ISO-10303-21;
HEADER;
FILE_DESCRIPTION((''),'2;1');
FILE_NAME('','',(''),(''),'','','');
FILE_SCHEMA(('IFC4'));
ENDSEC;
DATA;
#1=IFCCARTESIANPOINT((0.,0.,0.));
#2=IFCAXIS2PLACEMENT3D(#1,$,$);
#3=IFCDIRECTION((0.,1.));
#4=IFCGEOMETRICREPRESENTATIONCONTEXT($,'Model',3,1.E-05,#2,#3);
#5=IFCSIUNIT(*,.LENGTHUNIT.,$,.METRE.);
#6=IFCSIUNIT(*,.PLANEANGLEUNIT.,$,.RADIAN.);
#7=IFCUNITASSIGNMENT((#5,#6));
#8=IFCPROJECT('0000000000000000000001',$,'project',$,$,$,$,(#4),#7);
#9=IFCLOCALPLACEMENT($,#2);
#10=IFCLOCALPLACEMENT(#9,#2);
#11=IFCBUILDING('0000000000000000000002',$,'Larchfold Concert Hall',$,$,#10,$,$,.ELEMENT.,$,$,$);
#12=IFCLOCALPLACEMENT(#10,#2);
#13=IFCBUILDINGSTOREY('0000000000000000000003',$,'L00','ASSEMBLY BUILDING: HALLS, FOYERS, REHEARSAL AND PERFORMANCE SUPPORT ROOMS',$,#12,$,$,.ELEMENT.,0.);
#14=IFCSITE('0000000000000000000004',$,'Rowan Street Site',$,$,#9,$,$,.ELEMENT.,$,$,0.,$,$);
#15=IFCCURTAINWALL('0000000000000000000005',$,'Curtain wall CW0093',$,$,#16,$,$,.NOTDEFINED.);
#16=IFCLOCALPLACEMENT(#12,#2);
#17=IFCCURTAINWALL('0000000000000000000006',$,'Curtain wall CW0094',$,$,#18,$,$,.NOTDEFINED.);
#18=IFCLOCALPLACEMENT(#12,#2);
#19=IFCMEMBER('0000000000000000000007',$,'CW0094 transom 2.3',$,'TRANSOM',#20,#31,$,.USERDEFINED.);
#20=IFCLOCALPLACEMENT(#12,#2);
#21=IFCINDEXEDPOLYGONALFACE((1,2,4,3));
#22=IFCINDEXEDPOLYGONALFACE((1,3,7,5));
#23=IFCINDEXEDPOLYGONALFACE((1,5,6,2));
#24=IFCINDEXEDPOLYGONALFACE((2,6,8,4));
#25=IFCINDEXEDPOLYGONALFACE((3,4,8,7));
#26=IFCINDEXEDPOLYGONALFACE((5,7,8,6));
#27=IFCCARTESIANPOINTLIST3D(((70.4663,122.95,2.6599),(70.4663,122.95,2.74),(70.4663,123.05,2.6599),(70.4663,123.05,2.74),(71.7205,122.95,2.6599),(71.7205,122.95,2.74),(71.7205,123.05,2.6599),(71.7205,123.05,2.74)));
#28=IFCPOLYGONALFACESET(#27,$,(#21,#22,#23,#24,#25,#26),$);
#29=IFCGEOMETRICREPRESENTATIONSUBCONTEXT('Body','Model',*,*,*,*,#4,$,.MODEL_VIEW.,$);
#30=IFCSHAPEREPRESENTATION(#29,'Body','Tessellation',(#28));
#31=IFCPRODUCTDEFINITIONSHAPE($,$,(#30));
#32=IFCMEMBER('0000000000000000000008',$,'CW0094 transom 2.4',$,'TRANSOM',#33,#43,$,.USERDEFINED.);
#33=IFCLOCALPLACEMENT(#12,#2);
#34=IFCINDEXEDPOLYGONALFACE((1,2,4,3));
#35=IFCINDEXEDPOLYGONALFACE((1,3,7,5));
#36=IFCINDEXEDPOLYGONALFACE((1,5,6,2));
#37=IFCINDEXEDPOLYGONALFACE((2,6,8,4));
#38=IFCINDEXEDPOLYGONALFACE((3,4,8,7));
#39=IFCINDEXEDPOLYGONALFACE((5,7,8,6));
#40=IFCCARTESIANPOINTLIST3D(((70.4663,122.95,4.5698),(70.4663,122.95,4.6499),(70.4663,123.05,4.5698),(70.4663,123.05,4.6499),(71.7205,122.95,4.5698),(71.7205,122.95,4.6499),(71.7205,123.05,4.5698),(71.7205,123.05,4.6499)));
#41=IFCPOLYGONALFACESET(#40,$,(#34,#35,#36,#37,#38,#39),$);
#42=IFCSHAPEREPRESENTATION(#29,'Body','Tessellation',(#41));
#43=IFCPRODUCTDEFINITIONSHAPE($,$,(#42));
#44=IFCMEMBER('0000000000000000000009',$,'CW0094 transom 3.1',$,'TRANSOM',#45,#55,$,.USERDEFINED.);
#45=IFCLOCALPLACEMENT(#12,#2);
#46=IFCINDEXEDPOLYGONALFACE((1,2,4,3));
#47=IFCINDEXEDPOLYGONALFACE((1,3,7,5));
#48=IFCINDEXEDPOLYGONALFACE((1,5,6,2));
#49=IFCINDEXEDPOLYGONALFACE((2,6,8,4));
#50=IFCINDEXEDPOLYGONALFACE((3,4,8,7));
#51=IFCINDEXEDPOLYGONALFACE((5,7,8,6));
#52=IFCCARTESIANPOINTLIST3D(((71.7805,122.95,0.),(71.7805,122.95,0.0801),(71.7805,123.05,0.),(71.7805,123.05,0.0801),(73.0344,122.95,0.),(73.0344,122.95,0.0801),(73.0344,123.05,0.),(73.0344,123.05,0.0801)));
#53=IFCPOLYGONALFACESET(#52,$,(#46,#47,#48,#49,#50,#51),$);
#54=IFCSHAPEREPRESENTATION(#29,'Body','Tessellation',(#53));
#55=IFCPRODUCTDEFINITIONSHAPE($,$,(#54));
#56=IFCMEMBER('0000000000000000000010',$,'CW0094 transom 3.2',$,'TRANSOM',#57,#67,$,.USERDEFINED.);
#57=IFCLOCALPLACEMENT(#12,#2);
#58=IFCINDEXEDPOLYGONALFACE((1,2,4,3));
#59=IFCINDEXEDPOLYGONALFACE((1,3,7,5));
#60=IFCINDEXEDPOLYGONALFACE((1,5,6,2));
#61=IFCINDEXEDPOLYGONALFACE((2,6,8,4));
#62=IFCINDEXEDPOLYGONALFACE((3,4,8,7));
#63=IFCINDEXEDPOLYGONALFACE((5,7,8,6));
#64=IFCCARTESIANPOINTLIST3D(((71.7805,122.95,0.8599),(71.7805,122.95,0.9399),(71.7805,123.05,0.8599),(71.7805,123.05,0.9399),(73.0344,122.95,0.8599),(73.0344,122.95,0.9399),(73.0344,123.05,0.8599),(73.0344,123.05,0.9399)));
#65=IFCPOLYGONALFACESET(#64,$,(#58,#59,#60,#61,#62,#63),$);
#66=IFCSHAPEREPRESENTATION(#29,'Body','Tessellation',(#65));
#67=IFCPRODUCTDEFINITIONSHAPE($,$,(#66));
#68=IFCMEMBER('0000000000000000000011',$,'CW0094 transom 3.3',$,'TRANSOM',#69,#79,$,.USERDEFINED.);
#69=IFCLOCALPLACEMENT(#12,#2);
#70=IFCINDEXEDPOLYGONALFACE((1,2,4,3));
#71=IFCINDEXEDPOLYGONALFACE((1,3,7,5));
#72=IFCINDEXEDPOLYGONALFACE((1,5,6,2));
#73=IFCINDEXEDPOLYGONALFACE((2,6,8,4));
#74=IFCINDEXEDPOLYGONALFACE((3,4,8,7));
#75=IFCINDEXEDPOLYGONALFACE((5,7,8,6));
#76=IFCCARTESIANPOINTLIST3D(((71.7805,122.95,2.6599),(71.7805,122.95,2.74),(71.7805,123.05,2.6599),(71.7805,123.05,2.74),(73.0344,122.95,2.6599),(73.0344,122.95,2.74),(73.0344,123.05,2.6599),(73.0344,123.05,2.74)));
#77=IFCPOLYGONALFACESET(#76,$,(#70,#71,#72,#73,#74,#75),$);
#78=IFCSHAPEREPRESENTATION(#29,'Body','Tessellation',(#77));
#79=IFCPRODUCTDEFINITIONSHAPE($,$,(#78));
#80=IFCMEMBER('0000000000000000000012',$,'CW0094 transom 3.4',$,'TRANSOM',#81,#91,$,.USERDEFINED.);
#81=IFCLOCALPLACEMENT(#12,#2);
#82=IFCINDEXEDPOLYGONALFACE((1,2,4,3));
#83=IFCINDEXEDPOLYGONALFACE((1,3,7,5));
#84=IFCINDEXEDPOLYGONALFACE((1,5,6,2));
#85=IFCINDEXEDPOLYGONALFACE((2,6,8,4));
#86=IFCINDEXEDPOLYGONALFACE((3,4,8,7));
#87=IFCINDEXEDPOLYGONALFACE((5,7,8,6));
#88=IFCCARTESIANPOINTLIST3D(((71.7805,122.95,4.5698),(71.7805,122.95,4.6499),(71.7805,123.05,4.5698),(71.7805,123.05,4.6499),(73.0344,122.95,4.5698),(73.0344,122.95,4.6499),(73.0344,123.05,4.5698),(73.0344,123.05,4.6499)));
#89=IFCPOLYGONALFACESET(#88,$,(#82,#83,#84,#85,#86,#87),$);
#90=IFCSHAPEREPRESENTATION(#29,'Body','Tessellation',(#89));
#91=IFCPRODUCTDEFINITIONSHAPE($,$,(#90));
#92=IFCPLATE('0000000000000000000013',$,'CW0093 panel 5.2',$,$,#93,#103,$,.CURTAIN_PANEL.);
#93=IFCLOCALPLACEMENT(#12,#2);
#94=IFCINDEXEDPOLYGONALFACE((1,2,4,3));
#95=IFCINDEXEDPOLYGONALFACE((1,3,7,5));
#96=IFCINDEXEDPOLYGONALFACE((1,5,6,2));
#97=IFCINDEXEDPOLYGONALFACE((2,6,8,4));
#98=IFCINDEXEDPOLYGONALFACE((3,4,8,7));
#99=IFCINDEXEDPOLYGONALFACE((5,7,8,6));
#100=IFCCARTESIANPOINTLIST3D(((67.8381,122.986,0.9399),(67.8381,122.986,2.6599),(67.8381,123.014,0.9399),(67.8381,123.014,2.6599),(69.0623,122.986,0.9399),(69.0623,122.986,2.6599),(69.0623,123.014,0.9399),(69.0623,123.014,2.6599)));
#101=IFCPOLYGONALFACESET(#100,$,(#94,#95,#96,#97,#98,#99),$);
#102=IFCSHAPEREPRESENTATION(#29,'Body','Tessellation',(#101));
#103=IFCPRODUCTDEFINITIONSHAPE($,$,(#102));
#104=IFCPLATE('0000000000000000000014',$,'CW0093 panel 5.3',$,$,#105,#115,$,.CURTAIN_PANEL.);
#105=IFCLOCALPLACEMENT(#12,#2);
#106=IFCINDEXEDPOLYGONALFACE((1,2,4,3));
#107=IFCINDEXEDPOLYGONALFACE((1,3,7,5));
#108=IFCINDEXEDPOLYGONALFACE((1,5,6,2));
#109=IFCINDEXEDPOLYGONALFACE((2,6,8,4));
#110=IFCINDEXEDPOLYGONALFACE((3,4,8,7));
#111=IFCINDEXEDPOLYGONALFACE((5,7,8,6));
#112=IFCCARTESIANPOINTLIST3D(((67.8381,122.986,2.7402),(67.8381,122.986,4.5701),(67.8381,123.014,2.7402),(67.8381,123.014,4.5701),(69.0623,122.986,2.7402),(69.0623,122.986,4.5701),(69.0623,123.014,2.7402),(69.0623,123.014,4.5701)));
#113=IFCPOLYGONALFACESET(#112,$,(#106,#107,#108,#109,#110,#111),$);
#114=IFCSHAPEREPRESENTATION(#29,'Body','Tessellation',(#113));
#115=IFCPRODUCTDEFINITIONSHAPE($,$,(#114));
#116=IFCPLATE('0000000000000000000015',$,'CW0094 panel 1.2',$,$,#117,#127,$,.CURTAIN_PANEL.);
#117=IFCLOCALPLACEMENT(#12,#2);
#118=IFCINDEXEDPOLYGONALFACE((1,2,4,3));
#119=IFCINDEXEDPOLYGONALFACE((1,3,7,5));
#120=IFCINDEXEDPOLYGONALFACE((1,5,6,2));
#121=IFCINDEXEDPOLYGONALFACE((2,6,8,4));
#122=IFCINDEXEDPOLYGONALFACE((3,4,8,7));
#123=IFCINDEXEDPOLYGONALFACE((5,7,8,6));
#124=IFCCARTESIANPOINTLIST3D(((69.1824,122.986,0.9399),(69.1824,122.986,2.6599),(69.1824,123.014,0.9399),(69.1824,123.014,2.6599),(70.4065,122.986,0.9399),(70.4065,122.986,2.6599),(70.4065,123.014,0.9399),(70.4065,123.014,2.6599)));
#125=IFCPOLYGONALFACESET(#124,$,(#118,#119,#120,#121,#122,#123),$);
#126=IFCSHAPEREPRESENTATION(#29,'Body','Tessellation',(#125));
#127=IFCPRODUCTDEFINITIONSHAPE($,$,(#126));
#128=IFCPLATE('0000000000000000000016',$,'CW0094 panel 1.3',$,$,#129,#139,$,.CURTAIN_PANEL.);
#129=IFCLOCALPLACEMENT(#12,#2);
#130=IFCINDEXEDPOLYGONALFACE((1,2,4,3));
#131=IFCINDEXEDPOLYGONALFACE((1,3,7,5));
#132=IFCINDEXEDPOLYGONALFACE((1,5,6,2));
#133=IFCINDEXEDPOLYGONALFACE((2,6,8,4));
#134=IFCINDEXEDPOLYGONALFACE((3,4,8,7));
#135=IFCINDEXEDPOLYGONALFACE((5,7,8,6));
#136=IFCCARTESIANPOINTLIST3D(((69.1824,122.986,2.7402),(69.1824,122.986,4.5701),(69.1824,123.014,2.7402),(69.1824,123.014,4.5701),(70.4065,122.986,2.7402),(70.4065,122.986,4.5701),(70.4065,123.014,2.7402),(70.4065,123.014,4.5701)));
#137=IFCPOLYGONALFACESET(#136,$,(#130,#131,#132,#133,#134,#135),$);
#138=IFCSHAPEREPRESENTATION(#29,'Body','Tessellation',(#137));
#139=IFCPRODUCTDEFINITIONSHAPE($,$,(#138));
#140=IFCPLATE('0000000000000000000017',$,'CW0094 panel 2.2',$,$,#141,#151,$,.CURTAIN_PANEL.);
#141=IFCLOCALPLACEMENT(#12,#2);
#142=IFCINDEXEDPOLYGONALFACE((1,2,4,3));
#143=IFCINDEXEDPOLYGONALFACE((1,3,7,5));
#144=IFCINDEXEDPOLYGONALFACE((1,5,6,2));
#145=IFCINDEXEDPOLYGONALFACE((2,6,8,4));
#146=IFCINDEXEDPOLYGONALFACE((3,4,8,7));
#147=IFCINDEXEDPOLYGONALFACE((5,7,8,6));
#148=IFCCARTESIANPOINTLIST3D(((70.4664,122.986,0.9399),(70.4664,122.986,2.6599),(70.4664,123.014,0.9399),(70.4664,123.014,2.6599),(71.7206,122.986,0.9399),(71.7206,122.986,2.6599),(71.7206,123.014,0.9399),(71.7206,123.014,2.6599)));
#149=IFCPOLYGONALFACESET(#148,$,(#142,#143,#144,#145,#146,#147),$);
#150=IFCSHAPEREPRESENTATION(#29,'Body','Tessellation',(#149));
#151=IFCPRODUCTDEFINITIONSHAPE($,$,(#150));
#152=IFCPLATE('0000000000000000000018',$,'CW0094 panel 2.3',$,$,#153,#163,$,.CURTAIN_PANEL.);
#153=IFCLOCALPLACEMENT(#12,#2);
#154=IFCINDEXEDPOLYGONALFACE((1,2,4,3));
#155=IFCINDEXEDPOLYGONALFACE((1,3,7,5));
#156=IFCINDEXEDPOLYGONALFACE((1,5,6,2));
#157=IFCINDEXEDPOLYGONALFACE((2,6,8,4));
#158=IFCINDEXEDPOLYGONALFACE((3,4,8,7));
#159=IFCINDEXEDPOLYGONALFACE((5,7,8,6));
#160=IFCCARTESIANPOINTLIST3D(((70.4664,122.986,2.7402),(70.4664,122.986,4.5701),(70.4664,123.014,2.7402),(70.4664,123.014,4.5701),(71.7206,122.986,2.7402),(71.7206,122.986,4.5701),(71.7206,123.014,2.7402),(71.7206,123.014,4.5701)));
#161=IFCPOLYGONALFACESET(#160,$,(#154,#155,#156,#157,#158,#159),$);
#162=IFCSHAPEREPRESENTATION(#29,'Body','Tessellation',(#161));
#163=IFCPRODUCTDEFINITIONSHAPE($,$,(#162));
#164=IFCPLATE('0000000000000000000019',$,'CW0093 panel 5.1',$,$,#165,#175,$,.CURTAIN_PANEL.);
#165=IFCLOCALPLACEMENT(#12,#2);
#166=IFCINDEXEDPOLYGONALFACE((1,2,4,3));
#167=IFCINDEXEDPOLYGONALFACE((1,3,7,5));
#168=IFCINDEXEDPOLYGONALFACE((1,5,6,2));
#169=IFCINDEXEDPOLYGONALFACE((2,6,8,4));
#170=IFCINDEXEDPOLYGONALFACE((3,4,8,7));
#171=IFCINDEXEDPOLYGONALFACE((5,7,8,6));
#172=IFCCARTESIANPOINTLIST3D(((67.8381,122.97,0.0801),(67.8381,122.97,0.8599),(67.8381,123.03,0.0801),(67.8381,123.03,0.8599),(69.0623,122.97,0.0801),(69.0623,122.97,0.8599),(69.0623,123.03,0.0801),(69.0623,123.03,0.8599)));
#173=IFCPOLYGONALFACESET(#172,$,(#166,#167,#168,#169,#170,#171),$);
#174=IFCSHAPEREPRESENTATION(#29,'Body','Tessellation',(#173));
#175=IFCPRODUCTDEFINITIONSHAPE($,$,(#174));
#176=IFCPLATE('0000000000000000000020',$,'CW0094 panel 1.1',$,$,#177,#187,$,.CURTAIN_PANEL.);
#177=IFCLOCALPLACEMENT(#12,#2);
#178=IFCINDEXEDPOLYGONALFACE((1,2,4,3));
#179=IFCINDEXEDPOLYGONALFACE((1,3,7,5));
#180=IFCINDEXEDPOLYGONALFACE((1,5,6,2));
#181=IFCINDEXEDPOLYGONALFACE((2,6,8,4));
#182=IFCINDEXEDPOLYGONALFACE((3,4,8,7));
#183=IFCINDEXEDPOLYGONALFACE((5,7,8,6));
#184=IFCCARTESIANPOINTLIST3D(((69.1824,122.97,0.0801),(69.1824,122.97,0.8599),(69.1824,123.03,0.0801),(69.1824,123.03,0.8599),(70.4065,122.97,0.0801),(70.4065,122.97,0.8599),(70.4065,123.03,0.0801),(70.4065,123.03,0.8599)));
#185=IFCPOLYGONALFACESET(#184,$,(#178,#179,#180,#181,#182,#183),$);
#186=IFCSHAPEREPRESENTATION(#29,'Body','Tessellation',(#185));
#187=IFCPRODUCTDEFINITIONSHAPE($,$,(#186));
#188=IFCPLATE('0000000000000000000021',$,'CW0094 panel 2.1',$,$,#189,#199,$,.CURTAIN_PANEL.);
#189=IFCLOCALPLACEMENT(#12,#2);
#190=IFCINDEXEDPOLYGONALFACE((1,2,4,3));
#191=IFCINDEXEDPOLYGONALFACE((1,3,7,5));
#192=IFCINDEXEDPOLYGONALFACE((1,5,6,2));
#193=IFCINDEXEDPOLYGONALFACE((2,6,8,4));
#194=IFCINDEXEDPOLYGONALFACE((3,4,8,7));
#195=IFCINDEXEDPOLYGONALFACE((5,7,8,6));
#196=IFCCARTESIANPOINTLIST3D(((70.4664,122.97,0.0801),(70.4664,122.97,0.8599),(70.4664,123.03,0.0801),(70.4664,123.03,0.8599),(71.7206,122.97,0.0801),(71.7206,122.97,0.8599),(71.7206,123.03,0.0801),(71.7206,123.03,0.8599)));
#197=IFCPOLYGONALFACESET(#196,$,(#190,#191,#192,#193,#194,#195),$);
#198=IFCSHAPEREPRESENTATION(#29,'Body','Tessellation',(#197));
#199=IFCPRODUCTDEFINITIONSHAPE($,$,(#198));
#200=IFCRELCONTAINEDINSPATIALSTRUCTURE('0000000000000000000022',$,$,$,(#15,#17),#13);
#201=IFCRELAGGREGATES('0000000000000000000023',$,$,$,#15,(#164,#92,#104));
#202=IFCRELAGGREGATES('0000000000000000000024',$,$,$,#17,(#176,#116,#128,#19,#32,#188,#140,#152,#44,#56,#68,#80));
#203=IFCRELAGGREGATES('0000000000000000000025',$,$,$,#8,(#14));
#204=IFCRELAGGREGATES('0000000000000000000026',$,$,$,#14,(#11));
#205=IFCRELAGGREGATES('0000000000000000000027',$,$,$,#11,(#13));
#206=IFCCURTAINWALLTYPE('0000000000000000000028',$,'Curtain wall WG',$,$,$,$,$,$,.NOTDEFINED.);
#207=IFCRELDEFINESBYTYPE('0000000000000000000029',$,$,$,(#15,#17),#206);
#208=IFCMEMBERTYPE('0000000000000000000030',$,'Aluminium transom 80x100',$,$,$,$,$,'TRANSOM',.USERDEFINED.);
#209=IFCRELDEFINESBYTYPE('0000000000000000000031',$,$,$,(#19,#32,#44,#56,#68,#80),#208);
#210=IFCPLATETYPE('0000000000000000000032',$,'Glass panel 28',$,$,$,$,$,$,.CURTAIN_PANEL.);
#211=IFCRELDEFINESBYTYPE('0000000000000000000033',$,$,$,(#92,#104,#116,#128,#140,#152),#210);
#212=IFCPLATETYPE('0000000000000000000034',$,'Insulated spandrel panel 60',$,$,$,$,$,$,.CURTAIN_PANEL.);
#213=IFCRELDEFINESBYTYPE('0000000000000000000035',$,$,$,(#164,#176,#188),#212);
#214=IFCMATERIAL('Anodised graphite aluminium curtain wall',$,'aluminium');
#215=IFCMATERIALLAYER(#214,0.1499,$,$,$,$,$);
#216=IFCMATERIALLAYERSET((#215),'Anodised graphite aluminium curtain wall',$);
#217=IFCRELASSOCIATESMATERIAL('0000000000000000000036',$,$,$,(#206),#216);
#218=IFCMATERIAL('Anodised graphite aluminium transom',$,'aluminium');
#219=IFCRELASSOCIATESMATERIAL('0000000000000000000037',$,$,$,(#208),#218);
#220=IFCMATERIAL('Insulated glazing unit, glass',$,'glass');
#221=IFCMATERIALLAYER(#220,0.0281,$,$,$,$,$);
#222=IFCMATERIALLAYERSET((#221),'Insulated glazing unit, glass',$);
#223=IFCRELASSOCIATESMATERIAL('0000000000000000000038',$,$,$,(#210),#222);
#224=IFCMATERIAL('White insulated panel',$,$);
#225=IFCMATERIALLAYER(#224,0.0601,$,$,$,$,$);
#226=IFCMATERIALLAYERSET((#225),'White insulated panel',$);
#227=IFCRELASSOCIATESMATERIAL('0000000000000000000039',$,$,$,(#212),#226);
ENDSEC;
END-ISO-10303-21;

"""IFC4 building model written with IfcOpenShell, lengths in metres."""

from ifc_helpers import new_model, si_unit, direction, frame, origin, origin_2d, place, context, subcontext, project, spatial, rectangle, extrude, material, layer, layer_set, material_profile, profile_set, type_object, element, aggregate, save


model = new_model("IFC4")

# Units and contexts
model_context = context("Model", 3, precision=1e-05, world=origin(), true_north=direction((0.0, 1.0)))
body_context = subcontext(model_context, "Body", "Model", "MODEL_VIEW")
ifc_project = project(units=[si_unit("LENGTHUNIT", "METRE"), si_unit("PLANEANGLEUNIT", "RADIAN")], contexts=[model_context])

# Site, building, storey
site_placement = place(None, origin())
site = spatial("IfcSite", under=ifc_project, at=site_placement, Name="Rowan Street Site", CompositionType="ELEMENT", RefElevation=0.0)
building_placement = place(site_placement, origin())
building = spatial("IfcBuilding", under=site, at=building_placement, Name="Larchfold Concert Hall", CompositionType="ELEMENT")
storey_placement = place(building_placement, origin())
storey = spatial("IfcBuildingStorey", under=building, at=storey_placement, Name="L00", Description="ASSEMBLY BUILDING: HALLS, FOYERS, REHEARSAL AND PERFORMANCE SUPPORT ROOMS", CompositionType="ELEMENT", Elevation=0.0)

# Curtain walls
ifc_material_1 = material(Name="Anodised graphite aluminium curtain wall", Category="aluminium")
ifc_layer_1 = layer(ifc_material_1, 0.1499)
ifc_layer_set_1 = layer_set([ifc_layer_1], Name="Anodised graphite aluminium curtain wall")
curtain_wall_type = type_object("IfcCurtainWallType", Name="Curtain wall WG", PredefinedType="NOTDEFINED", material=ifc_layer_set_1)
curtain_wall_1_placement = place(storey_placement, origin())
curtain_wall_1 = element("IfcCurtainWall", 1, at=curtain_wall_1_placement, inside=storey, type_object=curtain_wall_type, Name="Curtain wall CW0093", PredefinedType="NOTDEFINED")
curtain_wall_2_placement = place(storey_placement, origin())
curtain_wall_2 = element("IfcCurtainWall", 2, at=curtain_wall_2_placement, inside=storey, type_object=curtain_wall_type, Name="Curtain wall CW0094", PredefinedType="NOTDEFINED")

# Members
ifc_material_2 = material(Name="Anodised graphite aluminium transom", Category="aluminium")
ifc_material_profile_1 = material_profile(ifc_material_2, rectangle(XDim=0.1001, YDim=0.0801, at=origin_2d()))
ifc_profile_set_1 = profile_set([ifc_material_profile_1], Name="Anodised graphite aluminium transom")
member_type_1 = type_object("IfcMemberType", Name="Aluminium transom 80x100", ElementType="TRANSOM", PredefinedType="USERDEFINED", material=ifc_profile_set_1)
member_1_placement = place(storey_placement, frame((70.4663, 123.0, 2.7), z_axis=(1.0, 0.0, 0.0), x_axis=(0.0, 1.0, 0.0)))
member_1 = element("IfcMember", 3, at=member_1_placement, type_object=member_type_1, Name="CW0094 transom 2.3", ObjectType="TRANSOM", PredefinedType="USERDEFINED", context=body_context, shape_type="SweptSolid", body=[
    extrude(rectangle(XDim=0.1001, YDim=0.0801, at=origin_2d()), origin(), (0.0, 0.0, 1.0), 1.2542),
])
member_2_placement = place(storey_placement, frame((70.4663, 123.0, 4.6099), z_axis=(1.0, 0.0, 0.0), x_axis=(0.0, 1.0, 0.0)))
member_2 = element("IfcMember", 4, at=member_2_placement, type_object=member_type_1, Name="CW0094 transom 2.4", ObjectType="TRANSOM", PredefinedType="USERDEFINED", context=body_context, shape_type="SweptSolid", body=[
    extrude(rectangle(XDim=0.1001, YDim=0.0801, at=origin_2d()), origin(), (0.0, 0.0, 1.0), 1.2542),
])
member_3_placement = place(storey_placement, frame((71.7805, 123.0, 0.04), z_axis=(1.0, 0.0, 0.0), x_axis=(0.0, 1.0, 0.0)))
member_3 = element("IfcMember", 5, at=member_3_placement, type_object=member_type_1, Name="CW0094 transom 3.1", ObjectType="TRANSOM", PredefinedType="USERDEFINED", context=body_context, shape_type="SweptSolid", body=[
    extrude(rectangle(XDim=0.1001, YDim=0.0801, at=origin_2d()), origin(), (0.0, 0.0, 1.0), 1.2539),
])
member_4_placement = place(storey_placement, frame((71.7805, 123.0, 0.8999), z_axis=(1.0, 0.0, 0.0), x_axis=(0.0, 1.0, 0.0)))
member_4 = element("IfcMember", 6, at=member_4_placement, type_object=member_type_1, Name="CW0094 transom 3.2", ObjectType="TRANSOM", PredefinedType="USERDEFINED", context=body_context, shape_type="SweptSolid", body=[
    extrude(rectangle(XDim=0.1001, YDim=0.0801, at=origin_2d()), origin(), (0.0, 0.0, 1.0), 1.2539),
])
member_5_placement = place(storey_placement, frame((71.7805, 123.0, 2.7), z_axis=(1.0, 0.0, 0.0), x_axis=(0.0, 1.0, 0.0)))
member_5 = element("IfcMember", 7, at=member_5_placement, type_object=member_type_1, Name="CW0094 transom 3.3", ObjectType="TRANSOM", PredefinedType="USERDEFINED", context=body_context, shape_type="SweptSolid", body=[
    extrude(rectangle(XDim=0.1001, YDim=0.0801, at=origin_2d()), origin(), (0.0, 0.0, 1.0), 1.2539),
])
member_6_placement = place(storey_placement, frame((71.7805, 123.0, 4.6099), z_axis=(1.0, 0.0, 0.0), x_axis=(0.0, 1.0, 0.0)))
member_6 = element("IfcMember", 8, at=member_6_placement, type_object=member_type_1, Name="CW0094 transom 3.4", ObjectType="TRANSOM", PredefinedType="USERDEFINED", context=body_context, shape_type="SweptSolid", body=[
    extrude(rectangle(XDim=0.1001, YDim=0.0801, at=origin_2d()), origin(), (0.0, 0.0, 1.0), 1.2539),
])

# Plates
ifc_material_3 = material(Name="Insulated glazing unit, glass", Category="glass")
ifc_layer_2 = layer(ifc_material_3, 0.0281)
ifc_layer_set_2 = layer_set([ifc_layer_2], Name="Insulated glazing unit, glass")
plate_type_1 = type_object("IfcPlateType", Name="Glass panel 28", PredefinedType="CURTAIN_PANEL", material=ifc_layer_set_2)
plate_1_placement = place(storey_placement, frame((68.4502, 123.0, 0.9399), z_axis=(0.0, 0.0, 1.0), x_axis=(1.0, 0.0, 0.0)))
plate_1 = element("IfcPlate", 9, at=plate_1_placement, type_object=plate_type_1, Name="CW0093 panel 5.2", PredefinedType="CURTAIN_PANEL", context=body_context, shape_type="SweptSolid", body=[
    extrude(rectangle(XDim=1.2241, YDim=0.0281, at=origin_2d()), origin(), (0.0, 0.0, 1.0), 1.72),
])
plate_2_placement = place(storey_placement, frame((68.4502, 123.0, 2.7402), z_axis=(0.0, 0.0, 1.0), x_axis=(1.0, 0.0, 0.0)))
plate_2 = element("IfcPlate", 10, at=plate_2_placement, type_object=plate_type_1, Name="CW0093 panel 5.3", PredefinedType="CURTAIN_PANEL", context=body_context, shape_type="SweptSolid", body=[
    extrude(rectangle(XDim=1.2241, YDim=0.0281, at=origin_2d()), origin(), (0.0, 0.0, 1.0), 1.8298),
])
plate_3_placement = place(storey_placement, frame((69.7944, 123.0, 0.9399), z_axis=(0.0, 0.0, 1.0), x_axis=(1.0, 0.0, 0.0)))
plate_3 = element("IfcPlate", 11, at=plate_3_placement, type_object=plate_type_1, Name="CW0094 panel 1.2", PredefinedType="CURTAIN_PANEL", context=body_context, shape_type="SweptSolid", body=[
    extrude(rectangle(XDim=1.2241, YDim=0.0281, at=origin_2d()), origin(), (0.0, 0.0, 1.0), 1.72),
])
plate_4_placement = place(storey_placement, frame((69.7944, 123.0, 2.7402), z_axis=(0.0, 0.0, 1.0), x_axis=(1.0, 0.0, 0.0)))
plate_4 = element("IfcPlate", 12, at=plate_4_placement, type_object=plate_type_1, Name="CW0094 panel 1.3", PredefinedType="CURTAIN_PANEL", context=body_context, shape_type="SweptSolid", body=[
    extrude(rectangle(XDim=1.2241, YDim=0.0281, at=origin_2d()), origin(), (0.0, 0.0, 1.0), 1.8298),
])
plate_5_placement = place(storey_placement, frame((71.0935, 123.0, 0.9399), z_axis=(0.0, 0.0, 1.0), x_axis=(1.0, 0.0, 0.0)))
plate_5 = element("IfcPlate", 13, at=plate_5_placement, type_object=plate_type_1, Name="CW0094 panel 2.2", PredefinedType="CURTAIN_PANEL", context=body_context, shape_type="SweptSolid", body=[
    extrude(rectangle(XDim=1.2542, YDim=0.0281, at=origin_2d()), origin(), (0.0, 0.0, 1.0), 1.72),
])
plate_6_placement = place(storey_placement, frame((71.0935, 123.0, 2.7402), z_axis=(0.0, 0.0, 1.0), x_axis=(1.0, 0.0, 0.0)))
plate_6 = element("IfcPlate", 14, at=plate_6_placement, type_object=plate_type_1, Name="CW0094 panel 2.3", PredefinedType="CURTAIN_PANEL", context=body_context, shape_type="SweptSolid", body=[
    extrude(rectangle(XDim=1.2542, YDim=0.0281, at=origin_2d()), origin(), (0.0, 0.0, 1.0), 1.8298),
])
ifc_material_4 = material(Name="White insulated panel")
ifc_layer_3 = layer(ifc_material_4, 0.0601)
ifc_layer_set_3 = layer_set([ifc_layer_3], Name="White insulated panel")
plate_type_2 = type_object("IfcPlateType", Name="Insulated spandrel panel 60", PredefinedType="CURTAIN_PANEL", material=ifc_layer_set_3)
plate_7_placement = place(storey_placement, frame((68.4502, 123.0, 0.0801), z_axis=(0.0, 0.0, 1.0), x_axis=(1.0, 0.0, 0.0)))
plate_7 = element("IfcPlate", 15, at=plate_7_placement, type_object=plate_type_2, Name="CW0093 panel 5.1", PredefinedType="CURTAIN_PANEL", context=body_context, shape_type="SweptSolid", body=[
    extrude(rectangle(XDim=1.2241, YDim=0.0601, at=origin_2d()), origin(), (0.0, 0.0, 1.0), 0.7798),
])
aggregate(curtain_wall_1, [plate_7, plate_1, plate_2])
plate_8_placement = place(storey_placement, frame((69.7944, 123.0, 0.0801), z_axis=(0.0, 0.0, 1.0), x_axis=(1.0, 0.0, 0.0)))
plate_8 = element("IfcPlate", 16, at=plate_8_placement, type_object=plate_type_2, Name="CW0094 panel 1.1", PredefinedType="CURTAIN_PANEL", context=body_context, shape_type="SweptSolid", body=[
    extrude(rectangle(XDim=1.2241, YDim=0.0601, at=origin_2d()), origin(), (0.0, 0.0, 1.0), 0.7798),
])
plate_9_placement = place(storey_placement, frame((71.0935, 123.0, 0.0801), z_axis=(0.0, 0.0, 1.0), x_axis=(1.0, 0.0, 0.0)))
plate_9 = element("IfcPlate", 17, at=plate_9_placement, type_object=plate_type_2, Name="CW0094 panel 2.1", PredefinedType="CURTAIN_PANEL", context=body_context, shape_type="SweptSolid", body=[
    extrude(rectangle(XDim=1.2542, YDim=0.0601, at=origin_2d()), origin(), (0.0, 0.0, 1.0), 0.7798),
])
aggregate(curtain_wall_2, [plate_8, plate_3, plate_4, member_1, member_2, plate_9, plate_5, plate_6, member_3, member_4, member_5, member_6])

save(model, "model.ifc")
